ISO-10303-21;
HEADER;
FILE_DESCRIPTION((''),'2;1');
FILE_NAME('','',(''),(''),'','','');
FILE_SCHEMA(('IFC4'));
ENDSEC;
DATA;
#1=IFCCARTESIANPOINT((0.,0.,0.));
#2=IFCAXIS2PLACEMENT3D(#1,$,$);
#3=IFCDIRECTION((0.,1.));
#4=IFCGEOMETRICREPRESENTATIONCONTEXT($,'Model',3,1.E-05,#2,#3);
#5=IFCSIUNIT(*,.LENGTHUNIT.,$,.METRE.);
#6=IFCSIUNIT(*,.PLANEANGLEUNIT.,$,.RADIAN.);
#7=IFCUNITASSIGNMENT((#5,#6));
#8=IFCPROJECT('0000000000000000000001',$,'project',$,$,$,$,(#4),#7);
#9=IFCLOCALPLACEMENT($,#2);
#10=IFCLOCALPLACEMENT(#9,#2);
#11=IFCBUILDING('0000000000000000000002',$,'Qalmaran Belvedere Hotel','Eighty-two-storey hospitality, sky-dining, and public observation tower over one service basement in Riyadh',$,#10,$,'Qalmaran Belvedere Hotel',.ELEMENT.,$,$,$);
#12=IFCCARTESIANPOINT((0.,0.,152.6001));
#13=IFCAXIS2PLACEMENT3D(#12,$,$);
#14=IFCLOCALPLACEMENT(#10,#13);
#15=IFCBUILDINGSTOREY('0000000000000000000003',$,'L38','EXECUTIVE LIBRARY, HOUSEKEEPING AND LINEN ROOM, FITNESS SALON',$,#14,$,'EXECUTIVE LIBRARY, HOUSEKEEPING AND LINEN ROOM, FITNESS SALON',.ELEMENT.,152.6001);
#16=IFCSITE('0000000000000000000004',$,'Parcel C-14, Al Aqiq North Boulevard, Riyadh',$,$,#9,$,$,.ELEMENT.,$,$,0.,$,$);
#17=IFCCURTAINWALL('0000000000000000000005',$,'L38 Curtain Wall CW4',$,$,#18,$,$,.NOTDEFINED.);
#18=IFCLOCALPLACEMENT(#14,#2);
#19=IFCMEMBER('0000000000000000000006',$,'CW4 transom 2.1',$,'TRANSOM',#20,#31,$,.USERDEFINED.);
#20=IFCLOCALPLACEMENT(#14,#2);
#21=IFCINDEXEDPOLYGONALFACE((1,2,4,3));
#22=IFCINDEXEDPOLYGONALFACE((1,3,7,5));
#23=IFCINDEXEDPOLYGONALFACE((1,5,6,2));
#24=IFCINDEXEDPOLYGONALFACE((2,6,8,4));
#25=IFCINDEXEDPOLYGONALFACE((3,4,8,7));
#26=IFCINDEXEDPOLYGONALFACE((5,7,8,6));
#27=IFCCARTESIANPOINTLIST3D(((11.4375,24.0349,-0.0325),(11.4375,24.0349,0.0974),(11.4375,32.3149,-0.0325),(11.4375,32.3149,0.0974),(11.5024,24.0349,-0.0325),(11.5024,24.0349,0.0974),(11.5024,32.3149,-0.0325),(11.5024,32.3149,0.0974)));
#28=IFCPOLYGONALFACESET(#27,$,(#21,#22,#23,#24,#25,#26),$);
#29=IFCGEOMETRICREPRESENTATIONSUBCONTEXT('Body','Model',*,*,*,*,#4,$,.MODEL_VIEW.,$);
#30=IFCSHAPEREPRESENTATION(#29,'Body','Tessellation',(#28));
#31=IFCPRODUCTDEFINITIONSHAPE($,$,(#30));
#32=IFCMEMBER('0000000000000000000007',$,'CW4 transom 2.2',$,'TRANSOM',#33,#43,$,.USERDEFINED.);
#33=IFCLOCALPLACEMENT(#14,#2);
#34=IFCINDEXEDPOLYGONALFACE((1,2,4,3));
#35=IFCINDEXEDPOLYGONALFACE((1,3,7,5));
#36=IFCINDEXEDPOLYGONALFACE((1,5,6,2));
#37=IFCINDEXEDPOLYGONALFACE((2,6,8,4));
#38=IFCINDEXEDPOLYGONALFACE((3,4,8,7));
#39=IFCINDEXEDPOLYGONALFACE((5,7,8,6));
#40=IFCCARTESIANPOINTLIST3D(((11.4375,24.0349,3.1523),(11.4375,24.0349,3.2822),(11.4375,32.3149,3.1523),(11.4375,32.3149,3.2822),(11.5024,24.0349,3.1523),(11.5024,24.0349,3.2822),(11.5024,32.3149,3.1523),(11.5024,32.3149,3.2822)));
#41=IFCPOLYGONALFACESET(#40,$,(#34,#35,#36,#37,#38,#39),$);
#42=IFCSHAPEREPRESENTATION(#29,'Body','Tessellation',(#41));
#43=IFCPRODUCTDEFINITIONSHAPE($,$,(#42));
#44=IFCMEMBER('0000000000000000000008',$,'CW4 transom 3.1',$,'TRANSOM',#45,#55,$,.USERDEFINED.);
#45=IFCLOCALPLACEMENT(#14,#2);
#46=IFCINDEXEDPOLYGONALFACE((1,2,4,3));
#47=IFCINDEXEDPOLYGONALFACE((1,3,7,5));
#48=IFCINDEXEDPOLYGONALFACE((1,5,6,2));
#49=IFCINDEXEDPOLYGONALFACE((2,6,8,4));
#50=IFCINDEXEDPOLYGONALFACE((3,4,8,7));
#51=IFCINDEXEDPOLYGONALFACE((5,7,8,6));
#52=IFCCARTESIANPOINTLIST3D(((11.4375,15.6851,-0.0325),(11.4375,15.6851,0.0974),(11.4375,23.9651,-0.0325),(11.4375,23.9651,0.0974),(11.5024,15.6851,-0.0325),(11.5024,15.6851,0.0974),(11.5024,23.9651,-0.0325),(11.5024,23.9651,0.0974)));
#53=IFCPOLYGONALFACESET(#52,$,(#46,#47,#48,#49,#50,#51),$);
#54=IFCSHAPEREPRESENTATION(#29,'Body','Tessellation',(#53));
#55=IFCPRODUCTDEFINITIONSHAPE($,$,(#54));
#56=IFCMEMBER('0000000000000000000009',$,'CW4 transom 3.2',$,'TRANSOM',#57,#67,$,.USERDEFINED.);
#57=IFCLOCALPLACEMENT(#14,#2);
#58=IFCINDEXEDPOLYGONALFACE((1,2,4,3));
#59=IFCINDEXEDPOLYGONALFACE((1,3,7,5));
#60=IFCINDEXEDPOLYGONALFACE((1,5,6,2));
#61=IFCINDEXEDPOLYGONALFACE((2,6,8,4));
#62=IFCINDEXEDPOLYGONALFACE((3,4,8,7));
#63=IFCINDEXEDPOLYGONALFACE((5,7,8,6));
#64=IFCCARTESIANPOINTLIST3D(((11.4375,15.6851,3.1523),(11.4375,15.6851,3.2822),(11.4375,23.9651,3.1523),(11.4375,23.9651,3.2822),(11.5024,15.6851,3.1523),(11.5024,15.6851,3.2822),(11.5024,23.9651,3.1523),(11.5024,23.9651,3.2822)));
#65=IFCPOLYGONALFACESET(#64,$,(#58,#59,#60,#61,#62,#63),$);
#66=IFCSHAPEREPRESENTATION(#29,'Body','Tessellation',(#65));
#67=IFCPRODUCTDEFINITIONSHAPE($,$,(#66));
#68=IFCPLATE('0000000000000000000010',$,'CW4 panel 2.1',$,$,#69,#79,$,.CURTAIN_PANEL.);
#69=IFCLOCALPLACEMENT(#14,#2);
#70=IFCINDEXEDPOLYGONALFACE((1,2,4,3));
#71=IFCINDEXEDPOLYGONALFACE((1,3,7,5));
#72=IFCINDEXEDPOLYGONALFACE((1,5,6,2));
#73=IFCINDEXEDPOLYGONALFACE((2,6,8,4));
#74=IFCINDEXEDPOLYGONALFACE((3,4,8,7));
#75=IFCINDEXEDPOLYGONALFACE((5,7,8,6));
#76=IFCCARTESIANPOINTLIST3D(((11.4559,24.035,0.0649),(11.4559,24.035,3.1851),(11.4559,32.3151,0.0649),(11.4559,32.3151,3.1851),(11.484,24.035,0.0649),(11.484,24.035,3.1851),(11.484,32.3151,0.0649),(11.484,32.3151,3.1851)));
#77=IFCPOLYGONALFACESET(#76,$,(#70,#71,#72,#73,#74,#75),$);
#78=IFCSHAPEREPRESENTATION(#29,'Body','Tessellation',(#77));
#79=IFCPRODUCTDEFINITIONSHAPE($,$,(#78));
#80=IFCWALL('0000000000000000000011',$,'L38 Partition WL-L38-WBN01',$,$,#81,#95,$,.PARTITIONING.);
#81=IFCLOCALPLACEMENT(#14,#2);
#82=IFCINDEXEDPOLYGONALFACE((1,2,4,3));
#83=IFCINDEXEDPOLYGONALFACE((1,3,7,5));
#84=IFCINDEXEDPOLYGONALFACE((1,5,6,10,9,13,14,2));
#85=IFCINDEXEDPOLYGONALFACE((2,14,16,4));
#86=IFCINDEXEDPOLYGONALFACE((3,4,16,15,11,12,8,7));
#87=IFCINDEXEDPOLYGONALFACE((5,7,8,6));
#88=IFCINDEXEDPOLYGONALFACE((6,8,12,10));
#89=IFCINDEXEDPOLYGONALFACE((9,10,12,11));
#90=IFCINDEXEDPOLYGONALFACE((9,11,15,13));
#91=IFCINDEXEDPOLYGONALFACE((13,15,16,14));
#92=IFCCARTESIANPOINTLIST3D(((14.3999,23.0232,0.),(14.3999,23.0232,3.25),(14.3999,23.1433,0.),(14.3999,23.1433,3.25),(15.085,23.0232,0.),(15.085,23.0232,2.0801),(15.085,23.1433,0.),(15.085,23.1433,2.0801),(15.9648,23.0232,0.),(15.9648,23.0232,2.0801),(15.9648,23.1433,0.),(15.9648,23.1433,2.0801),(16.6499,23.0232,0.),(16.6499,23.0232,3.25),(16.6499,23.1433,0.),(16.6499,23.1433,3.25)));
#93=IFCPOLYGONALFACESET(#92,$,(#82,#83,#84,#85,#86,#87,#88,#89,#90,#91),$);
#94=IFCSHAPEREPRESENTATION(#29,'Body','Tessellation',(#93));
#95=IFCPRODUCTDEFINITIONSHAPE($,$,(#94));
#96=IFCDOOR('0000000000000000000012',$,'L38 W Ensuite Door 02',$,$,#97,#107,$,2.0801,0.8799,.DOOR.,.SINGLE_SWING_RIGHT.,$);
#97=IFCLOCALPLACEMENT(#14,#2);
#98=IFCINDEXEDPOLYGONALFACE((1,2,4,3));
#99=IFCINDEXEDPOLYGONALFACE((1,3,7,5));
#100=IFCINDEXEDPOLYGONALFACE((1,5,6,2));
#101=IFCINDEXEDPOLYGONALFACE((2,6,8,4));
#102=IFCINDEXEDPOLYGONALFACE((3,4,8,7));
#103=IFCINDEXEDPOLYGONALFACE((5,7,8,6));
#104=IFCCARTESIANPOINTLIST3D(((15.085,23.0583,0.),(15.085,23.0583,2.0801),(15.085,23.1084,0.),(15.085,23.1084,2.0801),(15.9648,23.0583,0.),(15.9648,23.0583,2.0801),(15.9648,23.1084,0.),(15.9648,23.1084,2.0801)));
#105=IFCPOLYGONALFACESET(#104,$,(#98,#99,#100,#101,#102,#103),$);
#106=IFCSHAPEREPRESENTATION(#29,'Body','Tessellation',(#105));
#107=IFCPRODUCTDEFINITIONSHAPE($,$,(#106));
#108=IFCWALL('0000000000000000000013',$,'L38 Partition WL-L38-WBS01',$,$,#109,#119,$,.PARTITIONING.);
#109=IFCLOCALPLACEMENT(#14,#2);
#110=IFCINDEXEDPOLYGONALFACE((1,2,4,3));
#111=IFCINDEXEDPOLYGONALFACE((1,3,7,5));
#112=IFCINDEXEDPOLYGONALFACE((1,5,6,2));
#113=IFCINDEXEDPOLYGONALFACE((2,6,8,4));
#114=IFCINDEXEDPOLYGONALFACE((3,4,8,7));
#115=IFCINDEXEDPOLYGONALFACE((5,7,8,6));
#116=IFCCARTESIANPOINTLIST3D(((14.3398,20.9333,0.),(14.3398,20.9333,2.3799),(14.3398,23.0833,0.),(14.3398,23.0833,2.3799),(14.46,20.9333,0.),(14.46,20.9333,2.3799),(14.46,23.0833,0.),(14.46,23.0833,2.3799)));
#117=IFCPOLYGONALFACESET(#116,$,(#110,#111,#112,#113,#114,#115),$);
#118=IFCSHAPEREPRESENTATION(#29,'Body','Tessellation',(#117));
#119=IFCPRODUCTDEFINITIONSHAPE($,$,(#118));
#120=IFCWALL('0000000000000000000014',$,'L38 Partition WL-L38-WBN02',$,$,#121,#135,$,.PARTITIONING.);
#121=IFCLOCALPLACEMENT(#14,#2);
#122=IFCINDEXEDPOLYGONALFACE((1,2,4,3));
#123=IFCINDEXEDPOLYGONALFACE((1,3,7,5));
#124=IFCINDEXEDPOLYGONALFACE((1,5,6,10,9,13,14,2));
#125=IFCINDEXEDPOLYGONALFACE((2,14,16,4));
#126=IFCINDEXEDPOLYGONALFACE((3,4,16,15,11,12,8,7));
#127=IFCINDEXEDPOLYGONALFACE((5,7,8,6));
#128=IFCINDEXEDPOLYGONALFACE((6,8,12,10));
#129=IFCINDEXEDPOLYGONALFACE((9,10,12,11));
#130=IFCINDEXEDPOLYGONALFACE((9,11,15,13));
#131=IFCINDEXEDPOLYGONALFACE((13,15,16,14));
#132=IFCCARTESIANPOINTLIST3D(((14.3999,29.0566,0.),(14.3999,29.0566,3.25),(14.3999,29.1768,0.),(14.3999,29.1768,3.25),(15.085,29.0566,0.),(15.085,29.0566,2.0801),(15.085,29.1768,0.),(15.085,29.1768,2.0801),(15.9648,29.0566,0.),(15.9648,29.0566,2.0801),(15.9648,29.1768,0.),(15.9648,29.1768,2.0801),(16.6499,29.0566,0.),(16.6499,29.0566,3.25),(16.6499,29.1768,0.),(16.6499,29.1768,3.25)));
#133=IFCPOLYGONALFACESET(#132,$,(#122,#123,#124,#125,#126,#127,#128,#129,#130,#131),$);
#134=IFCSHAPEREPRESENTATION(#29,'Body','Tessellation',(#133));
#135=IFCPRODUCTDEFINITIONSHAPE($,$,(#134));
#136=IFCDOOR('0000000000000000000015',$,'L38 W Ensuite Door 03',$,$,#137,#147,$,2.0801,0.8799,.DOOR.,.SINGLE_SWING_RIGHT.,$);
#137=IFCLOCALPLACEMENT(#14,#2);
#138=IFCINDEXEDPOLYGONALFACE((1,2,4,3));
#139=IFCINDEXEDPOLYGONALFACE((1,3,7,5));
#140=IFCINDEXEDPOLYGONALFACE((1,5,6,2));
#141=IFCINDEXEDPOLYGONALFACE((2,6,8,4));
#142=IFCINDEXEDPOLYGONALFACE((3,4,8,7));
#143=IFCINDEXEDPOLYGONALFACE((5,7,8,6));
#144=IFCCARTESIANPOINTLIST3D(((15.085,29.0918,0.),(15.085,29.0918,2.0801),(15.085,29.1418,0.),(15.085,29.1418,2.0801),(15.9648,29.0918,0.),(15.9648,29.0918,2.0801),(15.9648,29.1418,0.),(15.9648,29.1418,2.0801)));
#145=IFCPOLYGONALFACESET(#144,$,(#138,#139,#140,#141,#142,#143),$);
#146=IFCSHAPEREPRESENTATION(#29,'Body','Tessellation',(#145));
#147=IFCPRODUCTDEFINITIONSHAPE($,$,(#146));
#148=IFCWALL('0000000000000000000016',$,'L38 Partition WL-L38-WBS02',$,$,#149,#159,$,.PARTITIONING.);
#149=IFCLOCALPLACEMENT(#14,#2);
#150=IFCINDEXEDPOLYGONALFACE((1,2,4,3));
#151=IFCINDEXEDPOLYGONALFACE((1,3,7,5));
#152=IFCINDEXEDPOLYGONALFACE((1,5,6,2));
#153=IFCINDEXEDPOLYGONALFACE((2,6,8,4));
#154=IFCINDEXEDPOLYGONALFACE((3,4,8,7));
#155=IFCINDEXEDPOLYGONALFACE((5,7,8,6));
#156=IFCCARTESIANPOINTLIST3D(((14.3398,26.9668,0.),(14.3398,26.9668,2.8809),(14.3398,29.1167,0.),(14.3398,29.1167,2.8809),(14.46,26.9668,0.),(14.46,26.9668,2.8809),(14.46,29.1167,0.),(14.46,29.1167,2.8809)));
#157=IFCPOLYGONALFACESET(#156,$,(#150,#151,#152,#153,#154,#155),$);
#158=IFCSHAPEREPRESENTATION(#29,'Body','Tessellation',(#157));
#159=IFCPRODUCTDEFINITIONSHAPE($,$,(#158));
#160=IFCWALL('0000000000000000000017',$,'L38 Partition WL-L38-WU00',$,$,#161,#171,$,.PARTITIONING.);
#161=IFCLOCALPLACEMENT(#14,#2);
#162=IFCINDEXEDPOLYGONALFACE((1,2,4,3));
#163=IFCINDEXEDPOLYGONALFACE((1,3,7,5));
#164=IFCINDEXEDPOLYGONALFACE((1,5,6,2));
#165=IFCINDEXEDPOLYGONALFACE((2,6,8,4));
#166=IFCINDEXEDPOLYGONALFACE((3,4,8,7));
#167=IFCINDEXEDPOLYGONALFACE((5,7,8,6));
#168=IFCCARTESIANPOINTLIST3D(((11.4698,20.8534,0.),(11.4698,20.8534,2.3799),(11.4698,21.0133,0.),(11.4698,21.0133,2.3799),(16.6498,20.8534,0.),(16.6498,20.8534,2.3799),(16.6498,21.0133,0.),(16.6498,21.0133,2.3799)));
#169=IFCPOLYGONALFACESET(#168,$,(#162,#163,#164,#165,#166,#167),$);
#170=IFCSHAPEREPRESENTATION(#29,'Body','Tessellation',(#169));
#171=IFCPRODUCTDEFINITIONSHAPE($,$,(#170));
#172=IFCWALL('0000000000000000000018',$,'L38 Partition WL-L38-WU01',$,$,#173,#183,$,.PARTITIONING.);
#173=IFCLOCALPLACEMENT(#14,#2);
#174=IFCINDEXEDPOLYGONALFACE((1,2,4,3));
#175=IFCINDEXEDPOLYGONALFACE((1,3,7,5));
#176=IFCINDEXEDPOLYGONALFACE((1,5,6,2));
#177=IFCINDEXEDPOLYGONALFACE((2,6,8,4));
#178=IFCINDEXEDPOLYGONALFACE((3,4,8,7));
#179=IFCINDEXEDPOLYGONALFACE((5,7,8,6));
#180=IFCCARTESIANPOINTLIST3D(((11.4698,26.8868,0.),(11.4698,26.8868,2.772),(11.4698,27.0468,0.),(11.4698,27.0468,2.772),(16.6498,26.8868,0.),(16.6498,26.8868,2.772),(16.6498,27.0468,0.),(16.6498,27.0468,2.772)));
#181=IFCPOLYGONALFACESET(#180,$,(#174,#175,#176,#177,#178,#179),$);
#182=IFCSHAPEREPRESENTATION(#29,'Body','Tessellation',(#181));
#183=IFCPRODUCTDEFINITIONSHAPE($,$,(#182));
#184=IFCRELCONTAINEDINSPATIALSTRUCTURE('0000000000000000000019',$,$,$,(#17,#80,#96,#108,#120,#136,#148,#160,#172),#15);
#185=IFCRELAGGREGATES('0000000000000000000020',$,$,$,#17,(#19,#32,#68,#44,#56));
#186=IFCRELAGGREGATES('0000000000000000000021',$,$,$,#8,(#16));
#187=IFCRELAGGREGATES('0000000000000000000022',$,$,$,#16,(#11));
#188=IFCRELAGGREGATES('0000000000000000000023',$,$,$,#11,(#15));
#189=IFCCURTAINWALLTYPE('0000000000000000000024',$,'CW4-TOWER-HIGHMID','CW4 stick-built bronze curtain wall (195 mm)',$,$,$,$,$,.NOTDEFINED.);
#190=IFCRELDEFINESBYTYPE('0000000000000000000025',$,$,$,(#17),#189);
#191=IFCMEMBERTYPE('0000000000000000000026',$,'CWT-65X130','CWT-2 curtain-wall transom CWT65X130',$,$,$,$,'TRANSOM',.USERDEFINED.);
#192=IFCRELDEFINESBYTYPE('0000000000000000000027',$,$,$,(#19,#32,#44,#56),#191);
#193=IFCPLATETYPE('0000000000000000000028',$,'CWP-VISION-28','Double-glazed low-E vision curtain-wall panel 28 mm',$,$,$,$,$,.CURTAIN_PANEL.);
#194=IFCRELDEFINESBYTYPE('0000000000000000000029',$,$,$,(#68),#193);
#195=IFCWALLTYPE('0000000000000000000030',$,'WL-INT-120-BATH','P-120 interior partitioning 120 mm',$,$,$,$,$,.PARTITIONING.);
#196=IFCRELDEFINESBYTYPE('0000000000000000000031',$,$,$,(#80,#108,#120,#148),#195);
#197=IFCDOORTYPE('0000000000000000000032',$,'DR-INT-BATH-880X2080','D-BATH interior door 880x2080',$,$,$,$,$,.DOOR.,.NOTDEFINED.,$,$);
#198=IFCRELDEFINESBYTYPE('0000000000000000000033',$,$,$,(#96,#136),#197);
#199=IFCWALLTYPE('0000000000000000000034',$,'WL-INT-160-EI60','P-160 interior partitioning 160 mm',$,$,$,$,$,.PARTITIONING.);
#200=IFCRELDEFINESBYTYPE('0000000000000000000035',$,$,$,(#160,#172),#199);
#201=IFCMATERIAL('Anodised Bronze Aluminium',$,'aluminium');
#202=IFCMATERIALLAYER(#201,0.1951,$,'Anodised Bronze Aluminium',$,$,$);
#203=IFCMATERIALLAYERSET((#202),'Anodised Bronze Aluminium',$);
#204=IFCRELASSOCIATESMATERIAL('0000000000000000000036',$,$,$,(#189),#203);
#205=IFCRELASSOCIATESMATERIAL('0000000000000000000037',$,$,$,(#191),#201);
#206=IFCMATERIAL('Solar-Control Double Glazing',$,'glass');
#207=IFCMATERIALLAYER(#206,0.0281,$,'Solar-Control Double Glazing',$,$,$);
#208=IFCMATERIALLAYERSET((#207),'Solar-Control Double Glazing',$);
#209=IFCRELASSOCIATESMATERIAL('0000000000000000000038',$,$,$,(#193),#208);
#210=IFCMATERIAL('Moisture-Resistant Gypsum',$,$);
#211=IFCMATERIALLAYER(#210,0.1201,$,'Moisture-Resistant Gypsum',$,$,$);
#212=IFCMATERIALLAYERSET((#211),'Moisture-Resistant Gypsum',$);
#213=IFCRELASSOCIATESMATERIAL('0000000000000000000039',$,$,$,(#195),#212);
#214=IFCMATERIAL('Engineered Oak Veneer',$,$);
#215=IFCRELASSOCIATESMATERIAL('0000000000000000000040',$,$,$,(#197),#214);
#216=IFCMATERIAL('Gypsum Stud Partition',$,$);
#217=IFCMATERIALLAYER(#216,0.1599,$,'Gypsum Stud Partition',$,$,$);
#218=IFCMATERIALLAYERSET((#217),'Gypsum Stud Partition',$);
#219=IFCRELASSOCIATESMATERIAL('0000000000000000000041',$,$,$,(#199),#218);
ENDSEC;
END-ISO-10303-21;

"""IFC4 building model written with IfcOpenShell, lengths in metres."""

from ifc_helpers import new_model, si_unit, direction, frame, frame_2d, origin, origin_2d, place, context, subcontext, project, spatial, rectangle, extrude, material, layer, layer_set, material_profile, profile_set, type_object, element, fill, aggregate, save


model = new_model("IFC4")

# Units and contexts
model_context = context("Model", 3, precision=1e-05, world=origin(), true_north=direction((0.0, 1.0)))
body_context = subcontext(model_context, "Body", "Model", "MODEL_VIEW")
ifc_project = project(units=[si_unit("LENGTHUNIT", "METRE"), si_unit("PLANEANGLEUNIT", "RADIAN")], contexts=[model_context])

# Site, building, storey
site_placement = place(None, origin())
site = spatial("IfcSite", under=ifc_project, at=site_placement, Name="Parcel C-14, Al Aqiq North Boulevard, Riyadh", CompositionType="ELEMENT", RefElevation=0.0)
building_placement = place(site_placement, origin())
building = spatial("IfcBuilding", under=site, at=building_placement, Name="Qalmaran Belvedere Hotel", Description="Eighty-two-storey hospitality, sky-dining, and public observation tower over one service basement in Riyadh", LongName="Qalmaran Belvedere Hotel", CompositionType="ELEMENT")
storey_placement = place(building_placement, frame((0.0, 0.0, 152.6001)))
storey = spatial("IfcBuildingStorey", under=building, at=storey_placement, Name="L38", Description="EXECUTIVE LIBRARY, HOUSEKEEPING AND LINEN ROOM, FITNESS SALON", LongName="EXECUTIVE LIBRARY, HOUSEKEEPING AND LINEN ROOM, FITNESS SALON", CompositionType="ELEMENT", Elevation=152.6001)

# Curtain wall, members, plate
ifc_material_1 = material(Name="Anodised Bronze Aluminium", Category="aluminium")
ifc_layer_1 = layer(ifc_material_1, 0.1951, Name="Anodised Bronze Aluminium")
ifc_layer_set_1 = layer_set([ifc_layer_1], Name="Anodised Bronze Aluminium")
curtain_wall_type = type_object("IfcCurtainWallType", Name="CW4-TOWER-HIGHMID", Description="CW4 stick-built bronze curtain wall (195 mm)", PredefinedType="NOTDEFINED", material=ifc_layer_set_1)
curtain_wall_placement = place(storey_placement, origin())
curtain_wall = element("IfcCurtainWall", 1, at=curtain_wall_placement, inside=storey, type_object=curtain_wall_type, Name="L38 Curtain Wall CW4", PredefinedType="NOTDEFINED")
ifc_material_profile_1 = material_profile(ifc_material_1, rectangle(XDim=0.0649, YDim=0.1299, at=origin_2d()), Name="CWT65X130")
ifc_profile_set_1 = profile_set([ifc_material_profile_1], Name="Anodised Bronze Aluminium")
member_type_1 = type_object("IfcMemberType", Name="CWT-65X130", Description="CWT-2 curtain-wall transom CWT65X130", ElementType="TRANSOM", PredefinedType="USERDEFINED", material=ifc_profile_set_1)
member_1_placement = place(storey_placement, frame((11.47, 32.3149, 0.0325), z_axis=(0.0, -1.0, 0.0), x_axis=(1.0, 0.0, 0.0)))
member_1 = element("IfcMember", 2, at=member_1_placement, type_object=member_type_1, Name="CW4 transom 2.1", ObjectType="TRANSOM", PredefinedType="USERDEFINED", context=body_context, shape_type="SweptSolid", body=[
    extrude(rectangle(XDim=0.0649, YDim=0.1299, at=origin_2d()), origin(), (0.0, 0.0, 1.0), 8.28),
])
member_2_placement = place(storey_placement, frame((11.47, 32.3149, 3.2173), z_axis=(0.0, -1.0, 0.0), x_axis=(1.0, 0.0, 0.0)))
member_2 = element("IfcMember", 3, at=member_2_placement, type_object=member_type_1, Name="CW4 transom 2.2", ObjectType="TRANSOM", PredefinedType="USERDEFINED", context=body_context, shape_type="SweptSolid", body=[
    extrude(rectangle(XDim=0.0649, YDim=0.1299, at=origin_2d()), origin(), (0.0, 0.0, 1.0), 8.28),
])
member_3_placement = place(storey_placement, frame((11.47, 23.9651, 0.0325), z_axis=(0.0, -1.0, 0.0), x_axis=(1.0, 0.0, 0.0)))
member_3 = element("IfcMember", 4, at=member_3_placement, type_object=member_type_1, Name="CW4 transom 3.1", ObjectType="TRANSOM", PredefinedType="USERDEFINED", context=body_context, shape_type="SweptSolid", body=[
    extrude(rectangle(XDim=0.0649, YDim=0.1299, at=origin_2d()), origin(), (0.0, 0.0, 1.0), 8.28),
])
member_4_placement = place(storey_placement, frame((11.47, 23.9651, 3.2173), z_axis=(0.0, -1.0, 0.0), x_axis=(1.0, 0.0, 0.0)))
member_4 = element("IfcMember", 5, at=member_4_placement, type_object=member_type_1, Name="CW4 transom 3.2", ObjectType="TRANSOM", PredefinedType="USERDEFINED", context=body_context, shape_type="SweptSolid", body=[
    extrude(rectangle(XDim=0.0649, YDim=0.1299, at=origin_2d()), origin(), (0.0, 0.0, 1.0), 8.28),
])
ifc_material_2 = material(Name="Solar-Control Double Glazing", Category="glass")
ifc_layer_2 = layer(ifc_material_2, 0.0281, Name="Solar-Control Double Glazing")
ifc_layer_set_2 = layer_set([ifc_layer_2], Name="Solar-Control Double Glazing")
plate_type = type_object("IfcPlateType", Name="CWP-VISION-28", Description="Double-glazed low-E vision curtain-wall panel 28 mm", PredefinedType="CURTAIN_PANEL", material=ifc_layer_set_2)
plate_placement = place(storey_placement, frame((11.47, 28.175, 0.0649), z_axis=(0.0, 0.0, 1.0), x_axis=(0.0, -1.0, 0.0)))
plate = element("IfcPlate", 6, at=plate_placement, type_object=plate_type, Name="CW4 panel 2.1", PredefinedType="CURTAIN_PANEL", context=body_context, shape_type="SweptSolid", body=[
    extrude(rectangle(XDim=8.28, YDim=0.0281, at=origin_2d()), origin(), (0.0, 0.0, 1.0), 3.1201),
])
aggregate(curtain_wall, [member_1, member_2, plate, member_3, member_4])

# Wall, opening, door
ifc_material_3 = material(Name="Moisture-Resistant Gypsum")
ifc_layer_3 = layer(ifc_material_3, 0.1201, Name="Moisture-Resistant Gypsum")
ifc_layer_set_3 = layer_set([ifc_layer_3], Name="Moisture-Resistant Gypsum")
wall_type_1 = type_object("IfcWallType", Name="WL-INT-120-BATH", Description="P-120 interior partitioning 120 mm", PredefinedType="PARTITIONING", material=ifc_layer_set_3)
wall_1_placement = place(storey_placement, frame((14.3999, 23.0833, 0.0), z_axis=(0.0, 0.0, 1.0), x_axis=(1.0, 0.0, 0.0)))
wall_1 = element("IfcWall", 7, at=wall_1_placement, inside=storey, type_object=wall_type_1, Name="L38 Partition WL-L38-WBN01", PredefinedType="PARTITIONING", context=body_context, shape_type="SweptSolid", body=[
    extrude(rectangle(XDim=2.25, YDim=0.1201, at=frame_2d((1.125, 0.0))), origin(), (0.0, 0.0, 1.0), 3.25),
])
opening_1_placement = place(wall_1_placement, frame((1.5649, 0.0, 0.0), z_axis=(0.0, 0.0, 1.0), x_axis=(-1.0, 0.0, 0.0)))
opening_1 = element("IfcOpeningElement", 8, at=opening_1_placement, cuts=wall_1, PredefinedType="OPENING", context=body_context, shape_type="SweptSolid", body=[
    extrude(rectangle(XDim=0.8799, YDim=2.0801, at=frame_2d((0.4399, 1.04))), frame((0.0, 0.0701, 0.0), z_axis=(0.0, -1.0, 0.0), x_axis=(1.0, 0.0, 0.0)), (0.0, 0.0, 1.0), 0.1401),
])
ifc_material_4 = material(Name="Engineered Oak Veneer")
door_type_1 = type_object("IfcDoorType", Name="DR-INT-BATH-880X2080", Description="D-BATH interior door 880x2080", OperationType="NOTDEFINED", PredefinedType="DOOR", material=ifc_material_4)
door_1_placement = place(opening_1_placement, origin())
door_1 = element("IfcDoor", 9, at=door_1_placement, inside=storey, type_object=door_type_1, Name="L38 W Ensuite Door 02", OperationType="SINGLE_SWING_RIGHT", OverallHeight=2.0801, OverallWidth=0.8799, PredefinedType="DOOR", context=body_context, shape_type="SweptSolid", body=[
    extrude(rectangle(XDim=0.8799, YDim=2.0801, at=frame_2d((0.4399, 1.04))), frame((0.0, 0.0249, 0.0), z_axis=(0.0, -1.0, 0.0), x_axis=(1.0, 0.0, 0.0)), (0.0, 0.0, 1.0), 0.05),
])
fill(opening_1, door_1)

# Wall
wall_2_placement = place(storey_placement, frame((14.3999, 20.9333, 0.0), z_axis=(0.0, 0.0, 1.0), x_axis=(0.0, 1.0, 0.0)))
element("IfcWall", 10, at=wall_2_placement, inside=storey, type_object=wall_type_1, Name="L38 Partition WL-L38-WBS01", PredefinedType="PARTITIONING", context=body_context, shape_type="SweptSolid", body=[
    extrude(rectangle(XDim=2.1499, YDim=0.1201, at=frame_2d((1.075, 0.0))), origin(), (0.0, 0.0, 1.0), 2.3799),
])

# Wall, opening, door
wall_3_placement = place(storey_placement, frame((14.3999, 29.1167, 0.0), z_axis=(0.0, 0.0, 1.0), x_axis=(1.0, 0.0, 0.0)))
wall_3 = element("IfcWall", 11, at=wall_3_placement, inside=storey, type_object=wall_type_1, Name="L38 Partition WL-L38-WBN02", PredefinedType="PARTITIONING", context=body_context, shape_type="SweptSolid", body=[
    extrude(rectangle(XDim=2.25, YDim=0.1201, at=frame_2d((1.125, 0.0))), origin(), (0.0, 0.0, 1.0), 3.25),
])
opening_2_placement = place(wall_3_placement, frame((1.5649, 0.0, 0.0), z_axis=(0.0, 0.0, 1.0), x_axis=(-1.0, 0.0, 0.0)))
opening_2 = element("IfcOpeningElement", 12, at=opening_2_placement, cuts=wall_3, PredefinedType="OPENING", context=body_context, shape_type="SweptSolid", body=[
    extrude(rectangle(XDim=0.8799, YDim=2.0801, at=frame_2d((0.4399, 1.04))), frame((0.0, 0.0701, 0.0), z_axis=(0.0, -1.0, 0.0), x_axis=(1.0, 0.0, 0.0)), (0.0, 0.0, 1.0), 0.1401),
])
door_2_placement = place(opening_2_placement, origin())
door_2 = element("IfcDoor", 13, at=door_2_placement, inside=storey, type_object=door_type_1, Name="L38 W Ensuite Door 03", OperationType="SINGLE_SWING_RIGHT", OverallHeight=2.0801, OverallWidth=0.8799, PredefinedType="DOOR", context=body_context, shape_type="SweptSolid", body=[
    extrude(rectangle(XDim=0.8799, YDim=2.0801, at=frame_2d((0.4399, 1.04))), frame((0.0, 0.0249, 0.0), z_axis=(0.0, -1.0, 0.0), x_axis=(1.0, 0.0, 0.0)), (0.0, 0.0, 1.0), 0.05),
])
fill(opening_2, door_2)

# Walls
wall_4_placement = place(storey_placement, frame((14.3999, 26.9668, 0.0), z_axis=(0.0, 0.0, 1.0), x_axis=(0.0, 1.0, 0.0)))
element("IfcWall", 14, at=wall_4_placement, inside=storey, type_object=wall_type_1, Name="L38 Partition WL-L38-WBS02", PredefinedType="PARTITIONING", context=body_context, shape_type="SweptSolid", body=[
    extrude(rectangle(XDim=2.1499, YDim=0.1201, at=frame_2d((1.075, 0.0))), origin(), (0.0, 0.0, 1.0), 2.8809),
])
ifc_material_5 = material(Name="Gypsum Stud Partition")
ifc_layer_4 = layer(ifc_material_5, 0.1599, Name="Gypsum Stud Partition")
ifc_layer_set_4 = layer_set([ifc_layer_4], Name="Gypsum Stud Partition")
wall_type_2 = type_object("IfcWallType", Name="WL-INT-160-EI60", Description="P-160 interior partitioning 160 mm", PredefinedType="PARTITIONING", material=ifc_layer_set_4)
wall_5_placement = place(storey_placement, frame((11.47, 20.9333, 0.0), z_axis=(0.0, 0.0, 1.0), x_axis=(1.0, 0.0, 0.0)))
element("IfcWall", 15, at=wall_5_placement, inside=storey, type_object=wall_type_2, Name="L38 Partition WL-L38-WU00", PredefinedType="PARTITIONING", context=body_context, shape_type="SweptSolid", body=[
    extrude(rectangle(XDim=5.1799, YDim=0.1599, at=frame_2d((2.5898, 0.0))), origin(), (0.0, 0.0, 1.0), 2.3799),
])
wall_6_placement = place(storey_placement, frame((11.47, 26.9668, 0.0), z_axis=(0.0, 0.0, 1.0), x_axis=(1.0, 0.0, 0.0)))
element("IfcWall", 16, at=wall_6_placement, inside=storey, type_object=wall_type_2, Name="L38 Partition WL-L38-WU01", PredefinedType="PARTITIONING", context=body_context, shape_type="SweptSolid", body=[
    extrude(rectangle(XDim=5.1799, YDim=0.1599, at=frame_2d((2.5898, 0.0))), origin(), (0.0, 0.0, 1.0), 2.772),
])

save(model, "model.ifc")
